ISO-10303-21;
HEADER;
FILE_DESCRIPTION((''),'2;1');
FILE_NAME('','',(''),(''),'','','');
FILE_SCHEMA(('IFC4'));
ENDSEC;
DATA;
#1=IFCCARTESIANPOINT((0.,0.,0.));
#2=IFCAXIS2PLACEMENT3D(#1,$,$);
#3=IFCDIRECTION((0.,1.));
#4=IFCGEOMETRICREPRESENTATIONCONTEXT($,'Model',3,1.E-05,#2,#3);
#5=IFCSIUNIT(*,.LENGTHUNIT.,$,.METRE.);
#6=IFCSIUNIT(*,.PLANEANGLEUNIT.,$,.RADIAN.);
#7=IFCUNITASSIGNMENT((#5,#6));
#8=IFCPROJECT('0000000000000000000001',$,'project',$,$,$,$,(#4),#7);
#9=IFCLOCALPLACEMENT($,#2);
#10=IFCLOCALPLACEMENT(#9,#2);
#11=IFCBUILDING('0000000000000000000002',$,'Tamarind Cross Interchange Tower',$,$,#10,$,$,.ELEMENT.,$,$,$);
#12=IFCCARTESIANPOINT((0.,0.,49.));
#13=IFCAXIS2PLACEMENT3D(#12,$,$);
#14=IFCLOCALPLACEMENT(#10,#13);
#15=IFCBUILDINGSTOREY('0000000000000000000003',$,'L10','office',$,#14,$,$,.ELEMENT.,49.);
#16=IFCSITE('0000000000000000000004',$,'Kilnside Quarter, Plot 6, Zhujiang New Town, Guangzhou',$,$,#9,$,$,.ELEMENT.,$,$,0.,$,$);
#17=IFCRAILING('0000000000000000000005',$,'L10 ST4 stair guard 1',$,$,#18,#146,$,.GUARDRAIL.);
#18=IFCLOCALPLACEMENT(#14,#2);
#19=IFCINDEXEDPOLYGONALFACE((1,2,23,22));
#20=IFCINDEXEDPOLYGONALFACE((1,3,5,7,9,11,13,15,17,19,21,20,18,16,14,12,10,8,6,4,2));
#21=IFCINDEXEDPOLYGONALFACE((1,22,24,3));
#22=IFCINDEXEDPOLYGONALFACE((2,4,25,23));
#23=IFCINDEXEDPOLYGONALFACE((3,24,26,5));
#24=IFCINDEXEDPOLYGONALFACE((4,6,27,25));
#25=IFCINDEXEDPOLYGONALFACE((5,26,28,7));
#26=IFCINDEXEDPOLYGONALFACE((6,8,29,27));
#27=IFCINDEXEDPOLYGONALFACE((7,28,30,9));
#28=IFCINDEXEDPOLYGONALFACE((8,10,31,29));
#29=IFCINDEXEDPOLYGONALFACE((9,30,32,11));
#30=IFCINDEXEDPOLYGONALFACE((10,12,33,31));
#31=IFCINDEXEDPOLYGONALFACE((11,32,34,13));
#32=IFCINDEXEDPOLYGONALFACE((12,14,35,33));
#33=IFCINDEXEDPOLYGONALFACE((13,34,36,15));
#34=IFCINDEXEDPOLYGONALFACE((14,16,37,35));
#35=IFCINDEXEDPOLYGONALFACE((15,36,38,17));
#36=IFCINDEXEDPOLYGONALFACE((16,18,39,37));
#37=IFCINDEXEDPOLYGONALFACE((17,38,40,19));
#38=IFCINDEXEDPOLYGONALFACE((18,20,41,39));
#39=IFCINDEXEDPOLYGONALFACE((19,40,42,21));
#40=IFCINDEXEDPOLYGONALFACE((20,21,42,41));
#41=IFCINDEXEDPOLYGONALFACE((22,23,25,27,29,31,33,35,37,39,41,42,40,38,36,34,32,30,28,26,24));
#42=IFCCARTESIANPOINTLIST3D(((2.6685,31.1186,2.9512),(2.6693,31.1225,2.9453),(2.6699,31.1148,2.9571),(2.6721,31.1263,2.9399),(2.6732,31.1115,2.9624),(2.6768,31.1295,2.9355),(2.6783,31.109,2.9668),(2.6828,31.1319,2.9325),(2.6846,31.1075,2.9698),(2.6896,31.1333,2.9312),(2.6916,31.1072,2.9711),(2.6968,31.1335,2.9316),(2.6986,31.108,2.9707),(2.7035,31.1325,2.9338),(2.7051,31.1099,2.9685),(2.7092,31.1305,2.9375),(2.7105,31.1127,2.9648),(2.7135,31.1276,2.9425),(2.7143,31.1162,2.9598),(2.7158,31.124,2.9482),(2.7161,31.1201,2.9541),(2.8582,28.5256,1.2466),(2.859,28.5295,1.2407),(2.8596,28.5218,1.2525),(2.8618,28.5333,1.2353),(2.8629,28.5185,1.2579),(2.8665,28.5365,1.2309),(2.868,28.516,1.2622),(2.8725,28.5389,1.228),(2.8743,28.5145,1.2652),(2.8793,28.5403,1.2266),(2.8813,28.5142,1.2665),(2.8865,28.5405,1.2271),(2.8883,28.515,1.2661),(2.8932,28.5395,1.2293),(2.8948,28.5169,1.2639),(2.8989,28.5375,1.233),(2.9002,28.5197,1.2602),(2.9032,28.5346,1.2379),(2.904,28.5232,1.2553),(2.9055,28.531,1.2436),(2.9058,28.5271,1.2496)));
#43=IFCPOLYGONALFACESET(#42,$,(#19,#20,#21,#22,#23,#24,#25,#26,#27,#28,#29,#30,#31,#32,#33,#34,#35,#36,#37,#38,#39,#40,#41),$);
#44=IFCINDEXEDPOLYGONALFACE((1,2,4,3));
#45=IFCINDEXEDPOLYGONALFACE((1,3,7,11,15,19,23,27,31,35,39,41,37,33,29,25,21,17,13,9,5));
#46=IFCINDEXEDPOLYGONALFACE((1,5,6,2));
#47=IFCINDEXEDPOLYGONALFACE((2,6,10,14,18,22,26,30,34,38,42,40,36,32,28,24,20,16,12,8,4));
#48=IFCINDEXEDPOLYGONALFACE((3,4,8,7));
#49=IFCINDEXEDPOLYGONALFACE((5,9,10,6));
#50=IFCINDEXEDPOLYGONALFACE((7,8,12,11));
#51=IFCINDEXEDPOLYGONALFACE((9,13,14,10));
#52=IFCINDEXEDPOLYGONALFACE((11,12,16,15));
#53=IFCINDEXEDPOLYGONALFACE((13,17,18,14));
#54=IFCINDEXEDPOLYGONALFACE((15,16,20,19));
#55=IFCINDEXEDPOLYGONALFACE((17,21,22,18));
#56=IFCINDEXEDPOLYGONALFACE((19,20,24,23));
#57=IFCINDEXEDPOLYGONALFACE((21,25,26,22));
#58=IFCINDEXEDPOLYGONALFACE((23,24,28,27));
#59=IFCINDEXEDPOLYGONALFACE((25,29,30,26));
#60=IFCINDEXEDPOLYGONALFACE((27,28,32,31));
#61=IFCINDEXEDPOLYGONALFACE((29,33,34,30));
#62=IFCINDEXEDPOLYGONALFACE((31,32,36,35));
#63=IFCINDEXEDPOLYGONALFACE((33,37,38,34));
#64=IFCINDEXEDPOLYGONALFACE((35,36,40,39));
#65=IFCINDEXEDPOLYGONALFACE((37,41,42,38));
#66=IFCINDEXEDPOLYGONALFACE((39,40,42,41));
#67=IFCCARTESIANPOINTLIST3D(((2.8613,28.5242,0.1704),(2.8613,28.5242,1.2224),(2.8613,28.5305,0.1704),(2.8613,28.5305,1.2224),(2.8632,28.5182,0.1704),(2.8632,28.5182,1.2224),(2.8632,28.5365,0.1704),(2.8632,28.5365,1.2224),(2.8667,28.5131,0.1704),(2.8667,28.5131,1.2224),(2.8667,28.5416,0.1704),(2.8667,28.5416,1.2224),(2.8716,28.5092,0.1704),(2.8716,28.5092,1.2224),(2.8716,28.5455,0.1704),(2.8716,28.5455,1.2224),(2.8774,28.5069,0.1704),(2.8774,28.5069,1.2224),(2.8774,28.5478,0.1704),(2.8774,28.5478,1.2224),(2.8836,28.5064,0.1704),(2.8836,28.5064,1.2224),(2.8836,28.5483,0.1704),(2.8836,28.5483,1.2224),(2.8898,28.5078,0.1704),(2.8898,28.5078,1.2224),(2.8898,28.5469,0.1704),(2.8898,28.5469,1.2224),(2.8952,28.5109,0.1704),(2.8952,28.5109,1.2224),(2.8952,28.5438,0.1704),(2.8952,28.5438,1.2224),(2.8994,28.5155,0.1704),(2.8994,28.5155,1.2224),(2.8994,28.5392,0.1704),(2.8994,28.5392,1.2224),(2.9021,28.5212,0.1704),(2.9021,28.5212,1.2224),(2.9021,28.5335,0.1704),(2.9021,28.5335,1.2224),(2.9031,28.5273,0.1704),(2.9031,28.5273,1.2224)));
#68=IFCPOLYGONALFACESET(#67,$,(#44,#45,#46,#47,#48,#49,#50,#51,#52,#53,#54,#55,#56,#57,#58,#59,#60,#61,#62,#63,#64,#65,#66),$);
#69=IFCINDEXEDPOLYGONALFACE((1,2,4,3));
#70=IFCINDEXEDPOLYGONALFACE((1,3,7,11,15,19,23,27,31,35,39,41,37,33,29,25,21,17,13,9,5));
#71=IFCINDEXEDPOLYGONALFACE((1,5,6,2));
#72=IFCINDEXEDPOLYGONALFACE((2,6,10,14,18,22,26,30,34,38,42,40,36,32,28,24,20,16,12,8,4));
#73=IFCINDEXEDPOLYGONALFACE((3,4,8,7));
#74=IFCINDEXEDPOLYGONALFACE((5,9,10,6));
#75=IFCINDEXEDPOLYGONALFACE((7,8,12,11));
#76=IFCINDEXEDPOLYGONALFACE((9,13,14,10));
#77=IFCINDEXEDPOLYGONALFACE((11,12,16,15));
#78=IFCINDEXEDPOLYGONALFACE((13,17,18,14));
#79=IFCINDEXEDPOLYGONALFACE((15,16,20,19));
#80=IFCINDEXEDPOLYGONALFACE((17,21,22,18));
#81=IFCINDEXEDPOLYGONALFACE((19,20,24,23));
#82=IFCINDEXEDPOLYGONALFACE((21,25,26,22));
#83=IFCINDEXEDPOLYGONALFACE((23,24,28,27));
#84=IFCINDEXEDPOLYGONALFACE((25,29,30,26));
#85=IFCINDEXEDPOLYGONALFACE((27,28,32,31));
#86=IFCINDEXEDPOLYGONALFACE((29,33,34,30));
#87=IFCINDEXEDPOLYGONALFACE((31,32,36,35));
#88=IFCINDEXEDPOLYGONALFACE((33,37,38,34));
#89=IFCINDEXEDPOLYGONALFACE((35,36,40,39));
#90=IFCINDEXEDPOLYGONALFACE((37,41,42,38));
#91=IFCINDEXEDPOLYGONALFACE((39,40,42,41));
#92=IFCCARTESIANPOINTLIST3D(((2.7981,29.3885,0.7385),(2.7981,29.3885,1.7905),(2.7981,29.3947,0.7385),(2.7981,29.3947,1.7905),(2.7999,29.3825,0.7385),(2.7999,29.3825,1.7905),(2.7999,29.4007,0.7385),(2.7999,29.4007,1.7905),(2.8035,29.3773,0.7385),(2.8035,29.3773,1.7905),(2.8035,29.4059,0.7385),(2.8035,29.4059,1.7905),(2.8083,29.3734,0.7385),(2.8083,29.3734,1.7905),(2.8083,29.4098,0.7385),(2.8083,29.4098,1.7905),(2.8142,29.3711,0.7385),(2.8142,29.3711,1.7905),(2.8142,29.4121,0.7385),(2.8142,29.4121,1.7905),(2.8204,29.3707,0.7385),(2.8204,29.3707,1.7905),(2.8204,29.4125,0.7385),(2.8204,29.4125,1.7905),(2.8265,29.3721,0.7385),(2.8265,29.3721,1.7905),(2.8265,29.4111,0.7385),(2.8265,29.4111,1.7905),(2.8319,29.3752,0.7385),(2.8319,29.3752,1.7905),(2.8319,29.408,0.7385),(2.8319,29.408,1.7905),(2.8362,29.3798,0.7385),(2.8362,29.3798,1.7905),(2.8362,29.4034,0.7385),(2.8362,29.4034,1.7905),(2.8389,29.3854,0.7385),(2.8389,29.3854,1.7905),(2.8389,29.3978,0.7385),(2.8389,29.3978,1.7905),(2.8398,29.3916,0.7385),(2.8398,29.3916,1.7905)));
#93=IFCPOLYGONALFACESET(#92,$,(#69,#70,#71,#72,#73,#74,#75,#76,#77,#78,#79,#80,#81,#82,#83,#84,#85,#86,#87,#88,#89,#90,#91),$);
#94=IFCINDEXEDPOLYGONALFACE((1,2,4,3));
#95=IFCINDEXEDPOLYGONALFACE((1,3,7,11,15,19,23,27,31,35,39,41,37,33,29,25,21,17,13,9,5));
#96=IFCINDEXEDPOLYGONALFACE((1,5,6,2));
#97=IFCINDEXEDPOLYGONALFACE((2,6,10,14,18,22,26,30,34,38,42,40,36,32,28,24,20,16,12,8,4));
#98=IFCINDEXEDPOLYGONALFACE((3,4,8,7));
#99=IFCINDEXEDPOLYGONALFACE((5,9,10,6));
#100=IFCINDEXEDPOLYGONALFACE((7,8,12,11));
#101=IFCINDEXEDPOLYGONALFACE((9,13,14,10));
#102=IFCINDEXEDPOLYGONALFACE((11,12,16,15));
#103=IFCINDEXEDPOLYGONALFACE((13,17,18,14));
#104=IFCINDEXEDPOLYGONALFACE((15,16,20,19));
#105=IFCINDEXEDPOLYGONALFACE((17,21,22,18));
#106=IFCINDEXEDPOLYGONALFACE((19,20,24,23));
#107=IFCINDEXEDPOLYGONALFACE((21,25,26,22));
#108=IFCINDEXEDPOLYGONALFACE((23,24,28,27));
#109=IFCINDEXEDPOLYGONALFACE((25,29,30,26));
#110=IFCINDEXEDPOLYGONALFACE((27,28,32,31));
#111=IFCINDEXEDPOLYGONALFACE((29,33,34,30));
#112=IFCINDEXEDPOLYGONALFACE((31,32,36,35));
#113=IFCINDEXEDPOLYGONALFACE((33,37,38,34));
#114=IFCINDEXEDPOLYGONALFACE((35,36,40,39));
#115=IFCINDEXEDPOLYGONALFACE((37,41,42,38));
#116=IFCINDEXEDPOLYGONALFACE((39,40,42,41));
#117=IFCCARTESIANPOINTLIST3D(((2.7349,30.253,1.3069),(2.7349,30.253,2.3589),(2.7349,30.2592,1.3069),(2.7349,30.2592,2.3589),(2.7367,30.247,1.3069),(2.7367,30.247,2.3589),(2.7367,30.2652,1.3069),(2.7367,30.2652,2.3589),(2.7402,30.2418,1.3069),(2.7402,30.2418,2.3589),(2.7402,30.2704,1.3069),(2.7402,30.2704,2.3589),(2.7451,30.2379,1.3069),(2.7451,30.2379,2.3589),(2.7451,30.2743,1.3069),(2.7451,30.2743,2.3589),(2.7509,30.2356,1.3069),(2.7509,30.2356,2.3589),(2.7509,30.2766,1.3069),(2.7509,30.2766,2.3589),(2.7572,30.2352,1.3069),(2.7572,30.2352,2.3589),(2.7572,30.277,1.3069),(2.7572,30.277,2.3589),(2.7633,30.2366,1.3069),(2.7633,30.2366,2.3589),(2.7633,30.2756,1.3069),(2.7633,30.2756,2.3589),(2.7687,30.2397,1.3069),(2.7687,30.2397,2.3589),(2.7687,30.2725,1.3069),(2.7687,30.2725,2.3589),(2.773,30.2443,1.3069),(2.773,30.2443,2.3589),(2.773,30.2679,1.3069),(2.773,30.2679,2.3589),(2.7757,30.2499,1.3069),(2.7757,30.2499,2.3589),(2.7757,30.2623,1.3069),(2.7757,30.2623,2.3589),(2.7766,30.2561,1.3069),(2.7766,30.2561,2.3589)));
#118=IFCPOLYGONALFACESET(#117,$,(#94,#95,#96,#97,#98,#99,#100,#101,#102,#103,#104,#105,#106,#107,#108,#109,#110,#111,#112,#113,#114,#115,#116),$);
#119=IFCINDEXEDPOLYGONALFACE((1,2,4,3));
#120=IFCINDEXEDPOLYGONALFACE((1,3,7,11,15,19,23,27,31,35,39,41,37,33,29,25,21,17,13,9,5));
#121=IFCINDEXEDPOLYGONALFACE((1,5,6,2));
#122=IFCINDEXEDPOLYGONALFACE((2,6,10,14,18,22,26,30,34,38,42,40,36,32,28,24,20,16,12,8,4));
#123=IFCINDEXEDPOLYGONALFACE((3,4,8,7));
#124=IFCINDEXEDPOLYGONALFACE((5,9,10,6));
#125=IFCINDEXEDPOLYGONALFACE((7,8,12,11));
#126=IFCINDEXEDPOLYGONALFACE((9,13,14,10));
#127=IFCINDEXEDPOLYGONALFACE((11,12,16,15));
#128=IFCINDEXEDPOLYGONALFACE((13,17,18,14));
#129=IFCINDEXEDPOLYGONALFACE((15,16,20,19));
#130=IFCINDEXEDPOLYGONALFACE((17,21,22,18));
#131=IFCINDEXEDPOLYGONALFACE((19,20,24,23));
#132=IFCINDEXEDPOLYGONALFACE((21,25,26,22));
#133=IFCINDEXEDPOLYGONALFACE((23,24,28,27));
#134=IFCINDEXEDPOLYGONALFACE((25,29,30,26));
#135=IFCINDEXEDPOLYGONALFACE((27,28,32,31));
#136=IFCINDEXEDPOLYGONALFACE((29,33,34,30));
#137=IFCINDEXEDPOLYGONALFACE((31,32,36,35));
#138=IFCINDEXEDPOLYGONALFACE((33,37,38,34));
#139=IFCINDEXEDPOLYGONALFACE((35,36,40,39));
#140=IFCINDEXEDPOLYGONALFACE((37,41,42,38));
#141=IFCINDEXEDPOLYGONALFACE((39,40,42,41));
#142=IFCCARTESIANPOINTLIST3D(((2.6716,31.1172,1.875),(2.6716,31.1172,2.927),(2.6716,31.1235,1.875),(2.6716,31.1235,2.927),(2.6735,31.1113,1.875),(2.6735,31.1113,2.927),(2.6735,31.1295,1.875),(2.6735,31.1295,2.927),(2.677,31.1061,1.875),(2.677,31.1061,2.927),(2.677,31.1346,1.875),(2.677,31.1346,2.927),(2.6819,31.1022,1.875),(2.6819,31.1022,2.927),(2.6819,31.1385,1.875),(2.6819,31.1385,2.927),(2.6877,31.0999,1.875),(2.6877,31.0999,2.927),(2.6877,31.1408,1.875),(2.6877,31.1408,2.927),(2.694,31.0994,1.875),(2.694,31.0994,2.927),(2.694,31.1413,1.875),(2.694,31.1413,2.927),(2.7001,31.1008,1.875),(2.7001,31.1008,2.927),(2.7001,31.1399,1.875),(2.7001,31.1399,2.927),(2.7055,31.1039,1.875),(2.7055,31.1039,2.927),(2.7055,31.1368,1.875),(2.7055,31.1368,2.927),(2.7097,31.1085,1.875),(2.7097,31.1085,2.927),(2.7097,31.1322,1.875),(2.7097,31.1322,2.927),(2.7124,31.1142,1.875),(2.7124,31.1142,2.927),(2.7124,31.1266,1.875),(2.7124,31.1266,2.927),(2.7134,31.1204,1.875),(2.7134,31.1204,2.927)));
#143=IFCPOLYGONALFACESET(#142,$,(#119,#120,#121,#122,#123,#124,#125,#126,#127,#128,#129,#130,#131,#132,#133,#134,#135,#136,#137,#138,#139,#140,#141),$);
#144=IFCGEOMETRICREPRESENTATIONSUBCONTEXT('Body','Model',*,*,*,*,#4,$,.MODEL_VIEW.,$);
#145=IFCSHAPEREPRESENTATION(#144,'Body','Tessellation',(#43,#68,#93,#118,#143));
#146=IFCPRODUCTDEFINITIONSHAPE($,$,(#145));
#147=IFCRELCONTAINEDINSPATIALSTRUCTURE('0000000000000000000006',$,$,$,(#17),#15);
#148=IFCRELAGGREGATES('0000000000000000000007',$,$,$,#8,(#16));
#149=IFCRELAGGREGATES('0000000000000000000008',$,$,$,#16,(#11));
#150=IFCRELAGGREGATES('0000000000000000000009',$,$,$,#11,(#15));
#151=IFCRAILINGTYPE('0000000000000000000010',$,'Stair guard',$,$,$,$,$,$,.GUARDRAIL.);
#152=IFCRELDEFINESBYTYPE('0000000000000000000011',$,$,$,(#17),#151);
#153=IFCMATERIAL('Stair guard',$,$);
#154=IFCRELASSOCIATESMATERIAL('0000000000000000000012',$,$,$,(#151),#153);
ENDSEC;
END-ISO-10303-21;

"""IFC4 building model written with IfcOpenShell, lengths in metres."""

from ifc_helpers import new_model, si_unit, direction, frame, origin, origin_2d, place, context, subcontext, project, spatial, circle, extrude, material, type_object, element, save


model = new_model("IFC4")

# Units and contexts
model_context = context("Model", 3, precision=1e-05, world=origin(), true_north=direction((0.0, 1.0)))
body_context = subcontext(model_context, "Body", "Model", "MODEL_VIEW")
ifc_project = project(units=[si_unit("LENGTHUNIT", "METRE"), si_unit("PLANEANGLEUNIT", "RADIAN")], contexts=[model_context])

# Site, building, storey
site_placement = place(None, origin())
site = spatial("IfcSite", under=ifc_project, at=site_placement, Name="Kilnside Quarter, Plot 6, Zhujiang New Town, Guangzhou", CompositionType="ELEMENT", RefElevation=0.0)
building_placement = place(site_placement, origin())
building = spatial("IfcBuilding", under=site, at=building_placement, Name="Tamarind Cross Interchange Tower", CompositionType="ELEMENT")
storey_placement = place(building_placement, frame((0.0, 0.0, 49.0)))
storey = spatial("IfcBuildingStorey", under=building, at=storey_placement, Name="L10", Description="office", CompositionType="ELEMENT", Elevation=49.0)

# Railing
ifc_material_1 = material(Name="Stair guard")
railing_type_1 = type_object("IfcRailingType", Name="Stair guard", PredefinedType="GUARDRAIL", material=ifc_material_1)
railing_1_placement = place(storey_placement, frame((2.8821, 28.5273, 0.1704)))
element("IfcRailing", 1, at=railing_1_placement, inside=storey, type_object=railing_type_1, Name="L10 ST4 stair guard 1", PredefinedType="GUARDRAIL", context=body_context, shape_type="SweptSolid", body=[
    extrude(circle(Radius=0.0239, at=origin_2d()), frame((0.0, 0.0, 1.0762), z_axis=(-0.061017, 0.834059, 0.548291), x_axis=(-0.997335, -0.072962, 0.0)), (0.0, 0.0, 1.0), 3.1089),
    extrude(circle(Radius=0.021, at=origin_2d()), origin(), (0.0, 0.0, 1.0), 1.052),
    extrude(circle(Radius=0.021, at=origin_2d()), frame((-0.0632, 0.8643, 0.5681)), (0.0, 0.0, 1.0), 1.052),
    extrude(circle(Radius=0.021, at=origin_2d()), frame((-0.1265, 1.7288, 1.1365)), (0.0, 0.0, 1.0), 1.052),
    extrude(circle(Radius=0.021, at=origin_2d()), frame((-0.1897, 2.593, 1.7046)), (0.0, 0.0, 1.0), 1.052),
])

save(model, "model.ifc")
